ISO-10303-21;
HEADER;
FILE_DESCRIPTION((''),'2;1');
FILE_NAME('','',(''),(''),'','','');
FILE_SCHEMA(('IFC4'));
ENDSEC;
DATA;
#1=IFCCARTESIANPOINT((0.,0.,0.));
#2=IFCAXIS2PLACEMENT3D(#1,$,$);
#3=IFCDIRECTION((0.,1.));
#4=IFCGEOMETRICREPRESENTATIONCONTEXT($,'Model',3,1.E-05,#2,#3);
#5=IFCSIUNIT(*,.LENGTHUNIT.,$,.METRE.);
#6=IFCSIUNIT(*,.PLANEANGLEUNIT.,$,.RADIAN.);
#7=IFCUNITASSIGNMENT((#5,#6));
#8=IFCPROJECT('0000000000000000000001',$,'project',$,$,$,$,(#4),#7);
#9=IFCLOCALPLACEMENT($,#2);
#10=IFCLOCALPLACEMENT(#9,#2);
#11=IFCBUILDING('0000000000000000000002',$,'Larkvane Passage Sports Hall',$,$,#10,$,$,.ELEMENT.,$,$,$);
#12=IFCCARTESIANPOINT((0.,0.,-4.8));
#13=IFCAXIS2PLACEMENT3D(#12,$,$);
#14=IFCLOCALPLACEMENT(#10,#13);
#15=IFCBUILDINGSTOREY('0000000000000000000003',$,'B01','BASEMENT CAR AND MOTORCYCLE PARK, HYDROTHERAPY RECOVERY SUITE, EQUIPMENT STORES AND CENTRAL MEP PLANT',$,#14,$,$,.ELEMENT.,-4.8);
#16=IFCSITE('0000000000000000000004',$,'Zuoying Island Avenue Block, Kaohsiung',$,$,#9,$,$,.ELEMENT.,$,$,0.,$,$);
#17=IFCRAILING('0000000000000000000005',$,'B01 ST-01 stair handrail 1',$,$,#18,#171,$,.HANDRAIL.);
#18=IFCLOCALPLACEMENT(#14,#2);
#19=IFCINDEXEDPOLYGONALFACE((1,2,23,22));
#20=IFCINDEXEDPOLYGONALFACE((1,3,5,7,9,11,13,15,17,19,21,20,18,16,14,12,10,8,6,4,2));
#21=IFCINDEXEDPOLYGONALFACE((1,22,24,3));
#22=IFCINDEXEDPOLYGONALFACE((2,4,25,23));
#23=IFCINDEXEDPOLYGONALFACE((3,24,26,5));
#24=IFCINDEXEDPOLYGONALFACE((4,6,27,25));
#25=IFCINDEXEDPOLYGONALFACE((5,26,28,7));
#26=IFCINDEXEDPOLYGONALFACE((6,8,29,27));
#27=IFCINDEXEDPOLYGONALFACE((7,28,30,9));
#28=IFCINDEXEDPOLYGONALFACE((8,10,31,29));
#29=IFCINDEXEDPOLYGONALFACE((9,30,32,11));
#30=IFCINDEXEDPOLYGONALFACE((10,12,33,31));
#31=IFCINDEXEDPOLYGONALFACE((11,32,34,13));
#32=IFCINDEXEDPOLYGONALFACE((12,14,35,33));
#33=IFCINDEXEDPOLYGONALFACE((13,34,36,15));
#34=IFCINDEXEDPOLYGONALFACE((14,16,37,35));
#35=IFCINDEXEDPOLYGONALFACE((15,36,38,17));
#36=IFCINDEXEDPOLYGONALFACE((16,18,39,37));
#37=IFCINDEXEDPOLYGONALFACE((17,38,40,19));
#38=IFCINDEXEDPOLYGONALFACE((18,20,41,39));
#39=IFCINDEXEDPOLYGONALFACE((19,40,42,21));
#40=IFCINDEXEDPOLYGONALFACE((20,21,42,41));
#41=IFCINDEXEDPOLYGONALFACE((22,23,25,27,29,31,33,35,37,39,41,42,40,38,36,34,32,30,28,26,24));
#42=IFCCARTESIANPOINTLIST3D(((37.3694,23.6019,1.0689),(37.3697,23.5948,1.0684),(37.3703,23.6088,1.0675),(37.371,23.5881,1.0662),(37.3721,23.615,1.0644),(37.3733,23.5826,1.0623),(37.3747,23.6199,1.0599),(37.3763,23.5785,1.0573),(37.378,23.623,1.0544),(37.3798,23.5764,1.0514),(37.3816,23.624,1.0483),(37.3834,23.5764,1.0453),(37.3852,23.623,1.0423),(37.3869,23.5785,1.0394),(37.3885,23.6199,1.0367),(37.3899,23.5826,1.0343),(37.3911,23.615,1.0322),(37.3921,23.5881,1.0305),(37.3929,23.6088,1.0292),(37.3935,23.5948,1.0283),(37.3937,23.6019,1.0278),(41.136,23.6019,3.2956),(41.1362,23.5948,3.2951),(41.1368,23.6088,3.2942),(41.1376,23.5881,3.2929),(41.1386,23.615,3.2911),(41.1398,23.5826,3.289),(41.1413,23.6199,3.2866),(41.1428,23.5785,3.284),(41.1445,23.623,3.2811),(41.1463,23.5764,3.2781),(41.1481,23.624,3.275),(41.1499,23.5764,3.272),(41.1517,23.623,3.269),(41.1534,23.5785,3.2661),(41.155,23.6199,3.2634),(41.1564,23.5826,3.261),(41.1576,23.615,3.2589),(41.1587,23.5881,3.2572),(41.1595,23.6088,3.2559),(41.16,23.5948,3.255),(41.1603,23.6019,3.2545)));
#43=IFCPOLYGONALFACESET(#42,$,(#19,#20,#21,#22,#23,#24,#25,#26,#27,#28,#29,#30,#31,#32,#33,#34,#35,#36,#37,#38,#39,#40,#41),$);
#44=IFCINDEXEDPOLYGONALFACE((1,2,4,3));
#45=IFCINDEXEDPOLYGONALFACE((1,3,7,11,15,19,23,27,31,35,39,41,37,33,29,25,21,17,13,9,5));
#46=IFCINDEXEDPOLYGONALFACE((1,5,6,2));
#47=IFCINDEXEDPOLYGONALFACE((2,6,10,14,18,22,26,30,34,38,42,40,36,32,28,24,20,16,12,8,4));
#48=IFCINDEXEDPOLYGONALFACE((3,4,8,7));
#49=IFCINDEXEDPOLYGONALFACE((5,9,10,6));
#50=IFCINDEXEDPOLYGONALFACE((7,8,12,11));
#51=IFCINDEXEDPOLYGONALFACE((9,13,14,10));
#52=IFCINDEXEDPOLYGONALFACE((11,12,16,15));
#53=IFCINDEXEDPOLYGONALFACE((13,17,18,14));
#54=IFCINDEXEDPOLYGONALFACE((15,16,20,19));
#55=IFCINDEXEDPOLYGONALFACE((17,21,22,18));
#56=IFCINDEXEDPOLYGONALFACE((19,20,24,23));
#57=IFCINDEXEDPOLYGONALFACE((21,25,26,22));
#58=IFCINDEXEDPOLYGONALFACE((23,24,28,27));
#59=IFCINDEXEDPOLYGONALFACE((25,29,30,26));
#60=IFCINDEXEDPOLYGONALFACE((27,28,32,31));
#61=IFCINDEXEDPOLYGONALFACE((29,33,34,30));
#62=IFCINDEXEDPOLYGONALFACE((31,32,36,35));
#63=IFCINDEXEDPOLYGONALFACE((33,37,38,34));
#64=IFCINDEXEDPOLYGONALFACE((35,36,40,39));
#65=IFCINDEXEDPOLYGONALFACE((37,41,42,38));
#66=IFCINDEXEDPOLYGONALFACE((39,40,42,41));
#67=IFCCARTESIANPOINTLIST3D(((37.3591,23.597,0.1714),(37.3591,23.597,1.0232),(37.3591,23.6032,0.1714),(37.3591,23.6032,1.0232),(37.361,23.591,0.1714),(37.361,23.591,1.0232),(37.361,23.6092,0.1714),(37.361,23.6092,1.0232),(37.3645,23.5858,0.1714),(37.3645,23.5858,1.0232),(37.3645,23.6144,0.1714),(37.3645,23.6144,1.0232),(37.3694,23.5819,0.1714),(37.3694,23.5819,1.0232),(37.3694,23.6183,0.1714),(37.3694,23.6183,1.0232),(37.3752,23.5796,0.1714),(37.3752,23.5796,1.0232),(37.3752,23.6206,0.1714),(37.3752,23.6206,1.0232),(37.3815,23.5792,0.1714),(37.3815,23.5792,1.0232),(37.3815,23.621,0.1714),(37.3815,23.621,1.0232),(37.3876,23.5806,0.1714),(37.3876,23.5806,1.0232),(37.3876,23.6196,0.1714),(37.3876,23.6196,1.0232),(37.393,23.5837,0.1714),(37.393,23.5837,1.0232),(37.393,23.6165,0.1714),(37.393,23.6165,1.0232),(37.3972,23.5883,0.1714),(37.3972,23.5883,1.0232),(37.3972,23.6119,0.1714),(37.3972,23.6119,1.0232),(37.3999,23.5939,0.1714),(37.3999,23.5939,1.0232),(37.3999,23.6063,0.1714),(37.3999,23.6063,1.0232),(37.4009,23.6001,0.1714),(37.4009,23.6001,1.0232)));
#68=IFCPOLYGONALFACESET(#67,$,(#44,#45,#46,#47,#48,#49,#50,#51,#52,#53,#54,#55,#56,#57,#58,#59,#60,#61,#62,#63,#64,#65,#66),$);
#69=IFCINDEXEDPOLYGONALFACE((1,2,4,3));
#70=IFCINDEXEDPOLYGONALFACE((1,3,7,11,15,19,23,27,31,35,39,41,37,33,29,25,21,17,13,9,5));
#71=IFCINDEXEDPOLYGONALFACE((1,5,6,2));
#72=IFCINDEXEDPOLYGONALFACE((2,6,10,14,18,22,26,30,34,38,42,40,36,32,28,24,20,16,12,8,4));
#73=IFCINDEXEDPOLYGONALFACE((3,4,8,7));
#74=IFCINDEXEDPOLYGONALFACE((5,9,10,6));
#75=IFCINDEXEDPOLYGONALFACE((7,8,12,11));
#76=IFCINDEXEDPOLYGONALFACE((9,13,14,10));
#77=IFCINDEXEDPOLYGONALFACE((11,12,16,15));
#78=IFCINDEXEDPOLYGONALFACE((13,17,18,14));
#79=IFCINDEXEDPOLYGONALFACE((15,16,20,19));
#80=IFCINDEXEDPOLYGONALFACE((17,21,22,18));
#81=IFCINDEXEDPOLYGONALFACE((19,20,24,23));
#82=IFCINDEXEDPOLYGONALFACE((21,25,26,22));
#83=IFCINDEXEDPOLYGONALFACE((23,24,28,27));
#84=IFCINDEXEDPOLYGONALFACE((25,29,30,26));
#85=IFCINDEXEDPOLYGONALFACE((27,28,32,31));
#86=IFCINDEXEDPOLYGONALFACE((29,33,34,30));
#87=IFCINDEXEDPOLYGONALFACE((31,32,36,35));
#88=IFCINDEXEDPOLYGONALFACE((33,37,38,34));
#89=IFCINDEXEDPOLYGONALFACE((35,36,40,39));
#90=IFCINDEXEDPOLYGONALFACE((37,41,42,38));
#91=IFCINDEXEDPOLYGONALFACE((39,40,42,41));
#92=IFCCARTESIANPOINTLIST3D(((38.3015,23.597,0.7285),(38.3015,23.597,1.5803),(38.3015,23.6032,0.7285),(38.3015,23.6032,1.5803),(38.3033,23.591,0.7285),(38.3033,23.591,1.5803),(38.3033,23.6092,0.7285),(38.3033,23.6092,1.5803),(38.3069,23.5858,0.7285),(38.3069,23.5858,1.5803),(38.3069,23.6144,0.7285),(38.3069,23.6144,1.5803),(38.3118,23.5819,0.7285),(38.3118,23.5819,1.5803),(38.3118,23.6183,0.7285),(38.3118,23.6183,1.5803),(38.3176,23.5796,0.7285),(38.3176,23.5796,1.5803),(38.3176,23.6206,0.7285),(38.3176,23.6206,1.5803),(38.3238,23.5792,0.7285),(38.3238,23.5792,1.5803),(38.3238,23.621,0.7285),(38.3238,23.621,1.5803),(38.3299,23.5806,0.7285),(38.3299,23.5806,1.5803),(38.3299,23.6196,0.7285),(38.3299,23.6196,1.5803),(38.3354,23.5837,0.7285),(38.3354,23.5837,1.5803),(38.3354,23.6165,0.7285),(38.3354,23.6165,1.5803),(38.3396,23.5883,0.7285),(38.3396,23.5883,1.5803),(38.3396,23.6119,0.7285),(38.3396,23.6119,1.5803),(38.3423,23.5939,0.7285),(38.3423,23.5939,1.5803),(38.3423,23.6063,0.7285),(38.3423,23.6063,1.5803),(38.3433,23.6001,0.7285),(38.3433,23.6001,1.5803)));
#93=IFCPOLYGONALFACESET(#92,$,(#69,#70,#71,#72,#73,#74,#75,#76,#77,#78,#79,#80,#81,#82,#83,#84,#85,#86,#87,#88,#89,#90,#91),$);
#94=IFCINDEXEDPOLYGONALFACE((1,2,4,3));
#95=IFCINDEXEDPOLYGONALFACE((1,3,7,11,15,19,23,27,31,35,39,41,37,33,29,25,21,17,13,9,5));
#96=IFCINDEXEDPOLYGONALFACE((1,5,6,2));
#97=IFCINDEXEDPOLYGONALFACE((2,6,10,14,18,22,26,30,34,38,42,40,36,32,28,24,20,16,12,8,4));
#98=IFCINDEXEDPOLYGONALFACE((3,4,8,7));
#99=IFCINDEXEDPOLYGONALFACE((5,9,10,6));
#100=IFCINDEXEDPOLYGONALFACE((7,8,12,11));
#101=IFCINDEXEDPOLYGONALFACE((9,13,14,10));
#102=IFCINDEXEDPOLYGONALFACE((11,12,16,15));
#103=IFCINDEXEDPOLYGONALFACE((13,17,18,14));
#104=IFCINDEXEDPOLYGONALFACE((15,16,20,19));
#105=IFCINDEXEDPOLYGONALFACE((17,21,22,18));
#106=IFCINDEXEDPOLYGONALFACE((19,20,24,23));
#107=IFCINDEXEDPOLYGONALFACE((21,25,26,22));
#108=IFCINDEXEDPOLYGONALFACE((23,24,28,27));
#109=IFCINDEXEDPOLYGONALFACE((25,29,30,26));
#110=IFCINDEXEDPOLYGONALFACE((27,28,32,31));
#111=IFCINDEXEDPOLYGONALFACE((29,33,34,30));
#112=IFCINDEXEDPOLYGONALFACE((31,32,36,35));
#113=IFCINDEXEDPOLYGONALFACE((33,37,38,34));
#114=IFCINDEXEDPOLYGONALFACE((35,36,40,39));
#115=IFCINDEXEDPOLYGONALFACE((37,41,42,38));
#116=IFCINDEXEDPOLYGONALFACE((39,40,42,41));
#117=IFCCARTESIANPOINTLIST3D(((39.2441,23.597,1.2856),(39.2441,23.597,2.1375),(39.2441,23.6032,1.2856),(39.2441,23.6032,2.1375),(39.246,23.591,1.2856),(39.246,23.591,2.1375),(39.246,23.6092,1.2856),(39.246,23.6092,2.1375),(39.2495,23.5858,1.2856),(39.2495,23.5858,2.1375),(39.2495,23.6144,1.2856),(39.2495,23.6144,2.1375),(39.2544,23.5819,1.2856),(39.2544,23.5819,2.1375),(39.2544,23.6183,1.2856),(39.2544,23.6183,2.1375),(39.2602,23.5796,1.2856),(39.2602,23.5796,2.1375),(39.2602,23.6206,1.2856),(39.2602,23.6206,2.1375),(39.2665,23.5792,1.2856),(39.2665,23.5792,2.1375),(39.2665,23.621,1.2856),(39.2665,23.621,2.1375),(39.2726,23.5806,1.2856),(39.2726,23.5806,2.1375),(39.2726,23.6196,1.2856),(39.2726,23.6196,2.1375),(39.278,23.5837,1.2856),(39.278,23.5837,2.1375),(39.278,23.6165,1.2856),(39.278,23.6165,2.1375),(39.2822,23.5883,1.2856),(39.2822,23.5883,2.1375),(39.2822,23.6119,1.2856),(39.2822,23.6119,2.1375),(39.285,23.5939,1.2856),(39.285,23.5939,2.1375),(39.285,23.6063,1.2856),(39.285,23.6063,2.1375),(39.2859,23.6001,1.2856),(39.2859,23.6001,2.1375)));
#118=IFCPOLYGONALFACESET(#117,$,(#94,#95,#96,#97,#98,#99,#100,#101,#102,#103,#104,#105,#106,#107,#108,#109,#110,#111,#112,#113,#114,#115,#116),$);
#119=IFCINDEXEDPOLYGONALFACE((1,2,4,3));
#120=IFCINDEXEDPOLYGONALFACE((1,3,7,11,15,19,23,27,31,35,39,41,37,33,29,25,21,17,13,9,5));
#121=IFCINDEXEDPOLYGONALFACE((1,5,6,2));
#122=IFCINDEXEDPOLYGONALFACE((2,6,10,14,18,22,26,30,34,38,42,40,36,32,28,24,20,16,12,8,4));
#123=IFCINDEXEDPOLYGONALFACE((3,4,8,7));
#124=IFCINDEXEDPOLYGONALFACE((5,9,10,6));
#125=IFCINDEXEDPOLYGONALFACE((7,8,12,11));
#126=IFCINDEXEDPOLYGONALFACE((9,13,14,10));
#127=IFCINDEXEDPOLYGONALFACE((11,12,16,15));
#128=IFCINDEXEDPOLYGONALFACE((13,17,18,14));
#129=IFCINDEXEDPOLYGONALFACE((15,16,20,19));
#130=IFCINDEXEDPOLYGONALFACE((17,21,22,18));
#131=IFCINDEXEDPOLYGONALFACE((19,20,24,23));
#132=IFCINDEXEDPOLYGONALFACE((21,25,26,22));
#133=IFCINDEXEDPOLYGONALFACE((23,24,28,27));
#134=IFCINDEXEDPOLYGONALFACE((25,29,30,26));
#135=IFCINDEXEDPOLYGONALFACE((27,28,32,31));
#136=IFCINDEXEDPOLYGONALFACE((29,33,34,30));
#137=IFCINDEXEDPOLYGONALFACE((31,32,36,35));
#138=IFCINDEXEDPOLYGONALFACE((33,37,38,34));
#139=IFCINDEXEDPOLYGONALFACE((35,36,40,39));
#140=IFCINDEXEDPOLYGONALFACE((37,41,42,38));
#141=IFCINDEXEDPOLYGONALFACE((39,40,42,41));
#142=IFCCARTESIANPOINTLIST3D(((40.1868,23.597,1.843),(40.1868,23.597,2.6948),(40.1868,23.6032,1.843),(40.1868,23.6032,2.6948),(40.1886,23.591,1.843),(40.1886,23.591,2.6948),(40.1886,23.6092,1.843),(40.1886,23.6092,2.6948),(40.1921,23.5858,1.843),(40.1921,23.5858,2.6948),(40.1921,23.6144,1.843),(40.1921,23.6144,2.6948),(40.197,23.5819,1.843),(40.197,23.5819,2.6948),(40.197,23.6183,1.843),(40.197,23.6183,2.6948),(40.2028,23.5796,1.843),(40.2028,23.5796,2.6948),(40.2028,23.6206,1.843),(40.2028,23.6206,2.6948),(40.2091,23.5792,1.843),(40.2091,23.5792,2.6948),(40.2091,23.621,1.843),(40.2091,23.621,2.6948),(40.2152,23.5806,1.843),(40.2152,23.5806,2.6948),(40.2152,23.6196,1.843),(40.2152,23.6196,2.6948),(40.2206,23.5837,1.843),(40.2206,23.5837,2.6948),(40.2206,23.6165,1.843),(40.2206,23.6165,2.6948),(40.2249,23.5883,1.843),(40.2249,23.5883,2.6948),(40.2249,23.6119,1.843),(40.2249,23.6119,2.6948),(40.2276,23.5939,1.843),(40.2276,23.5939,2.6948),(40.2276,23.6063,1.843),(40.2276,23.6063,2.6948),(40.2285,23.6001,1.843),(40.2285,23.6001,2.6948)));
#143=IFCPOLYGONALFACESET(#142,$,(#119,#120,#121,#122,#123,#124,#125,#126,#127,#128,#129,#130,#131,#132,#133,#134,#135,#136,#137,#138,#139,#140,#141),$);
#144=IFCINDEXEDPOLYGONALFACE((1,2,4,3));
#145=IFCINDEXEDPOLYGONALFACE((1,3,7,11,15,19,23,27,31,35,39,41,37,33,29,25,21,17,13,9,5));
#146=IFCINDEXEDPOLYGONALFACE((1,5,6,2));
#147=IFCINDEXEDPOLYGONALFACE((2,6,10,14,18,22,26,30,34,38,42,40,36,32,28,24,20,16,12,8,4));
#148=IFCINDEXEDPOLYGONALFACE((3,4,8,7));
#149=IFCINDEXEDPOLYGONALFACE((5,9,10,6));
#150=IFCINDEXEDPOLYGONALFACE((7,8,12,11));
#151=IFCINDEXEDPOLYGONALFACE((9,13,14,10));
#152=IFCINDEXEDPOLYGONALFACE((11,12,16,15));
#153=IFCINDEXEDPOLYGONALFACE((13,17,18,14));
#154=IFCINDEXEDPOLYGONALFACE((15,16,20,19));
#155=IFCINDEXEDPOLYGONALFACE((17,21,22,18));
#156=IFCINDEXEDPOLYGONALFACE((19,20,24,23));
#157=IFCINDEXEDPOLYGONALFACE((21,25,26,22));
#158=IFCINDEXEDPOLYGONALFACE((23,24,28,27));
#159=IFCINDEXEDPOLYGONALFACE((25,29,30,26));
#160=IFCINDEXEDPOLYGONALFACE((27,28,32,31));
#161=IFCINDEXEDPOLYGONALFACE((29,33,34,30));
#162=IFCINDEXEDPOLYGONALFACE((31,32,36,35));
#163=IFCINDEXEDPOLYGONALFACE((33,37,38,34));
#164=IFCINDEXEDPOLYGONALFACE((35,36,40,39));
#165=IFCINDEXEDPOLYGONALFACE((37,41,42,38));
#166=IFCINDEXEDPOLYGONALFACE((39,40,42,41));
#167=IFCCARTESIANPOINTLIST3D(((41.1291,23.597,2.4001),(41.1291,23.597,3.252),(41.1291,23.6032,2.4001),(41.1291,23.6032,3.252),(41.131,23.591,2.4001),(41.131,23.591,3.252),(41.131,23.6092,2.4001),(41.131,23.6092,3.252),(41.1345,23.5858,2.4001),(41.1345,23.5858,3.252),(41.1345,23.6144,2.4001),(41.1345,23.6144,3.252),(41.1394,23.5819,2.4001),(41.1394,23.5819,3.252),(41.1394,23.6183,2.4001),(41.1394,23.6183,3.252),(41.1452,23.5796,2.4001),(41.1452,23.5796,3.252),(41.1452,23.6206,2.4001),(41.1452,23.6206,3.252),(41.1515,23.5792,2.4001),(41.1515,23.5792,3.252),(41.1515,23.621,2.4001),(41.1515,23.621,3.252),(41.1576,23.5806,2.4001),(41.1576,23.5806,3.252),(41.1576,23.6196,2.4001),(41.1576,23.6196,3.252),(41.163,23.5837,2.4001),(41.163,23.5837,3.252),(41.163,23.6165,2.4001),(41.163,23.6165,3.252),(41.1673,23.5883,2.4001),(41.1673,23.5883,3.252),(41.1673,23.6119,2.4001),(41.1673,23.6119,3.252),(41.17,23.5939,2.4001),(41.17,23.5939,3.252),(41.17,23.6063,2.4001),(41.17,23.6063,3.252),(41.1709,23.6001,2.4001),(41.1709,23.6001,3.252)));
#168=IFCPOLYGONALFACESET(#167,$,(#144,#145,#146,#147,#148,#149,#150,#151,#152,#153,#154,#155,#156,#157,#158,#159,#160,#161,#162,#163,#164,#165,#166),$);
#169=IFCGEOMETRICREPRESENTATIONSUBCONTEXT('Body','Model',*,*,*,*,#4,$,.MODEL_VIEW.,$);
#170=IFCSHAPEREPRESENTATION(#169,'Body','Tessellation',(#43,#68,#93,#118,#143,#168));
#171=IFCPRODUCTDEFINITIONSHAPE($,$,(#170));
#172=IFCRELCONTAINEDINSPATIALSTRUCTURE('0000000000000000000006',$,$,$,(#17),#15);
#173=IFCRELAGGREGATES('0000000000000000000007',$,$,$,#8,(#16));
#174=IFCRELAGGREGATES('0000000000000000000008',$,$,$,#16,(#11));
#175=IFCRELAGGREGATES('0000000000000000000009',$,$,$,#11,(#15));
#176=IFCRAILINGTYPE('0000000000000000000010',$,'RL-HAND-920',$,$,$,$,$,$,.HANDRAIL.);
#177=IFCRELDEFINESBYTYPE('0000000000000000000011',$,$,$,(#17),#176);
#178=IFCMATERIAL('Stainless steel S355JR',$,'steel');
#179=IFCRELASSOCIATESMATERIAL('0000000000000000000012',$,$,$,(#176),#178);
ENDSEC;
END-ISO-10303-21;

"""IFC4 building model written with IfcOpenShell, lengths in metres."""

from ifc_helpers import new_model, si_unit, direction, frame, origin, origin_2d, place, context, subcontext, project, spatial, circle, extrude, material, type_object, element, save


model = new_model("IFC4")

# Units and contexts
model_context = context("Model", 3, precision=1e-05, world=origin(), true_north=direction((0.0, 1.0)))
body_context = subcontext(model_context, "Body", "Model", "MODEL_VIEW")
ifc_project = project(units=[si_unit("LENGTHUNIT", "METRE"), si_unit("PLANEANGLEUNIT", "RADIAN")], contexts=[model_context])

# Site, building, storey
site_placement = place(None, origin())
site = spatial("IfcSite", under=ifc_project, at=site_placement, Name="Zuoying Island Avenue Block, Kaohsiung", CompositionType="ELEMENT", RefElevation=0.0)
building_placement = place(site_placement, origin())
building = spatial("IfcBuilding", under=site, at=building_placement, Name="Larkvane Passage Sports Hall", CompositionType="ELEMENT")
storey_placement = place(building_placement, frame((0.0, 0.0, -4.8)))
storey = spatial("IfcBuildingStorey", under=building, at=storey_placement, Name="B01", Description="BASEMENT CAR AND MOTORCYCLE PARK, HYDROTHERAPY RECOVERY SUITE, EQUIPMENT STORES AND CENTRAL MEP PLANT", CompositionType="ELEMENT", Elevation=-4.8)

# Railing
ifc_material_1 = material(Name="Stainless steel S355JR", Category="steel")
railing_type_1 = type_object("IfcRailingType", Name="RL-HAND-920", PredefinedType="HANDRAIL", material=ifc_material_1)
railing_1_placement = place(storey_placement, frame((37.3799, 23.6001, 0.1714)))
element("IfcRailing", 1, at=railing_1_placement, inside=storey, type_object=railing_type_1, Name="B01 ST-01 stair handrail 1", PredefinedType="HANDRAIL", context=body_context, shape_type="SweptSolid", body=[
    extrude(circle(Radius=0.0239, at=origin_2d()), frame((0.0017, 0.0, 0.877), z_axis=(0.860824, 0.0, 0.508902), x_axis=(0.0, 1.0, 0.0)), (0.0, 0.0, 1.0), 4.3755),
    extrude(circle(Radius=0.021, at=origin_2d()), origin(), (0.0, 0.0, 1.0), 0.8518),
    extrude(circle(Radius=0.021, at=origin_2d()), frame((0.9424, 0.0, 0.5571)), (0.0, 0.0, 1.0), 0.8518),
    extrude(circle(Radius=0.021, at=origin_2d()), frame((1.885, 0.0, 1.1143)), (0.0, 0.0, 1.0), 0.8518),
    extrude(circle(Radius=0.021, at=origin_2d()), frame((2.8276, 0.0, 1.6716)), (0.0, 0.0, 1.0), 0.8518),
    extrude(circle(Radius=0.021, at=origin_2d()), frame((3.77, 0.0, 2.2288)), (0.0, 0.0, 1.0), 0.8518),
])

save(model, "model.ifc")
